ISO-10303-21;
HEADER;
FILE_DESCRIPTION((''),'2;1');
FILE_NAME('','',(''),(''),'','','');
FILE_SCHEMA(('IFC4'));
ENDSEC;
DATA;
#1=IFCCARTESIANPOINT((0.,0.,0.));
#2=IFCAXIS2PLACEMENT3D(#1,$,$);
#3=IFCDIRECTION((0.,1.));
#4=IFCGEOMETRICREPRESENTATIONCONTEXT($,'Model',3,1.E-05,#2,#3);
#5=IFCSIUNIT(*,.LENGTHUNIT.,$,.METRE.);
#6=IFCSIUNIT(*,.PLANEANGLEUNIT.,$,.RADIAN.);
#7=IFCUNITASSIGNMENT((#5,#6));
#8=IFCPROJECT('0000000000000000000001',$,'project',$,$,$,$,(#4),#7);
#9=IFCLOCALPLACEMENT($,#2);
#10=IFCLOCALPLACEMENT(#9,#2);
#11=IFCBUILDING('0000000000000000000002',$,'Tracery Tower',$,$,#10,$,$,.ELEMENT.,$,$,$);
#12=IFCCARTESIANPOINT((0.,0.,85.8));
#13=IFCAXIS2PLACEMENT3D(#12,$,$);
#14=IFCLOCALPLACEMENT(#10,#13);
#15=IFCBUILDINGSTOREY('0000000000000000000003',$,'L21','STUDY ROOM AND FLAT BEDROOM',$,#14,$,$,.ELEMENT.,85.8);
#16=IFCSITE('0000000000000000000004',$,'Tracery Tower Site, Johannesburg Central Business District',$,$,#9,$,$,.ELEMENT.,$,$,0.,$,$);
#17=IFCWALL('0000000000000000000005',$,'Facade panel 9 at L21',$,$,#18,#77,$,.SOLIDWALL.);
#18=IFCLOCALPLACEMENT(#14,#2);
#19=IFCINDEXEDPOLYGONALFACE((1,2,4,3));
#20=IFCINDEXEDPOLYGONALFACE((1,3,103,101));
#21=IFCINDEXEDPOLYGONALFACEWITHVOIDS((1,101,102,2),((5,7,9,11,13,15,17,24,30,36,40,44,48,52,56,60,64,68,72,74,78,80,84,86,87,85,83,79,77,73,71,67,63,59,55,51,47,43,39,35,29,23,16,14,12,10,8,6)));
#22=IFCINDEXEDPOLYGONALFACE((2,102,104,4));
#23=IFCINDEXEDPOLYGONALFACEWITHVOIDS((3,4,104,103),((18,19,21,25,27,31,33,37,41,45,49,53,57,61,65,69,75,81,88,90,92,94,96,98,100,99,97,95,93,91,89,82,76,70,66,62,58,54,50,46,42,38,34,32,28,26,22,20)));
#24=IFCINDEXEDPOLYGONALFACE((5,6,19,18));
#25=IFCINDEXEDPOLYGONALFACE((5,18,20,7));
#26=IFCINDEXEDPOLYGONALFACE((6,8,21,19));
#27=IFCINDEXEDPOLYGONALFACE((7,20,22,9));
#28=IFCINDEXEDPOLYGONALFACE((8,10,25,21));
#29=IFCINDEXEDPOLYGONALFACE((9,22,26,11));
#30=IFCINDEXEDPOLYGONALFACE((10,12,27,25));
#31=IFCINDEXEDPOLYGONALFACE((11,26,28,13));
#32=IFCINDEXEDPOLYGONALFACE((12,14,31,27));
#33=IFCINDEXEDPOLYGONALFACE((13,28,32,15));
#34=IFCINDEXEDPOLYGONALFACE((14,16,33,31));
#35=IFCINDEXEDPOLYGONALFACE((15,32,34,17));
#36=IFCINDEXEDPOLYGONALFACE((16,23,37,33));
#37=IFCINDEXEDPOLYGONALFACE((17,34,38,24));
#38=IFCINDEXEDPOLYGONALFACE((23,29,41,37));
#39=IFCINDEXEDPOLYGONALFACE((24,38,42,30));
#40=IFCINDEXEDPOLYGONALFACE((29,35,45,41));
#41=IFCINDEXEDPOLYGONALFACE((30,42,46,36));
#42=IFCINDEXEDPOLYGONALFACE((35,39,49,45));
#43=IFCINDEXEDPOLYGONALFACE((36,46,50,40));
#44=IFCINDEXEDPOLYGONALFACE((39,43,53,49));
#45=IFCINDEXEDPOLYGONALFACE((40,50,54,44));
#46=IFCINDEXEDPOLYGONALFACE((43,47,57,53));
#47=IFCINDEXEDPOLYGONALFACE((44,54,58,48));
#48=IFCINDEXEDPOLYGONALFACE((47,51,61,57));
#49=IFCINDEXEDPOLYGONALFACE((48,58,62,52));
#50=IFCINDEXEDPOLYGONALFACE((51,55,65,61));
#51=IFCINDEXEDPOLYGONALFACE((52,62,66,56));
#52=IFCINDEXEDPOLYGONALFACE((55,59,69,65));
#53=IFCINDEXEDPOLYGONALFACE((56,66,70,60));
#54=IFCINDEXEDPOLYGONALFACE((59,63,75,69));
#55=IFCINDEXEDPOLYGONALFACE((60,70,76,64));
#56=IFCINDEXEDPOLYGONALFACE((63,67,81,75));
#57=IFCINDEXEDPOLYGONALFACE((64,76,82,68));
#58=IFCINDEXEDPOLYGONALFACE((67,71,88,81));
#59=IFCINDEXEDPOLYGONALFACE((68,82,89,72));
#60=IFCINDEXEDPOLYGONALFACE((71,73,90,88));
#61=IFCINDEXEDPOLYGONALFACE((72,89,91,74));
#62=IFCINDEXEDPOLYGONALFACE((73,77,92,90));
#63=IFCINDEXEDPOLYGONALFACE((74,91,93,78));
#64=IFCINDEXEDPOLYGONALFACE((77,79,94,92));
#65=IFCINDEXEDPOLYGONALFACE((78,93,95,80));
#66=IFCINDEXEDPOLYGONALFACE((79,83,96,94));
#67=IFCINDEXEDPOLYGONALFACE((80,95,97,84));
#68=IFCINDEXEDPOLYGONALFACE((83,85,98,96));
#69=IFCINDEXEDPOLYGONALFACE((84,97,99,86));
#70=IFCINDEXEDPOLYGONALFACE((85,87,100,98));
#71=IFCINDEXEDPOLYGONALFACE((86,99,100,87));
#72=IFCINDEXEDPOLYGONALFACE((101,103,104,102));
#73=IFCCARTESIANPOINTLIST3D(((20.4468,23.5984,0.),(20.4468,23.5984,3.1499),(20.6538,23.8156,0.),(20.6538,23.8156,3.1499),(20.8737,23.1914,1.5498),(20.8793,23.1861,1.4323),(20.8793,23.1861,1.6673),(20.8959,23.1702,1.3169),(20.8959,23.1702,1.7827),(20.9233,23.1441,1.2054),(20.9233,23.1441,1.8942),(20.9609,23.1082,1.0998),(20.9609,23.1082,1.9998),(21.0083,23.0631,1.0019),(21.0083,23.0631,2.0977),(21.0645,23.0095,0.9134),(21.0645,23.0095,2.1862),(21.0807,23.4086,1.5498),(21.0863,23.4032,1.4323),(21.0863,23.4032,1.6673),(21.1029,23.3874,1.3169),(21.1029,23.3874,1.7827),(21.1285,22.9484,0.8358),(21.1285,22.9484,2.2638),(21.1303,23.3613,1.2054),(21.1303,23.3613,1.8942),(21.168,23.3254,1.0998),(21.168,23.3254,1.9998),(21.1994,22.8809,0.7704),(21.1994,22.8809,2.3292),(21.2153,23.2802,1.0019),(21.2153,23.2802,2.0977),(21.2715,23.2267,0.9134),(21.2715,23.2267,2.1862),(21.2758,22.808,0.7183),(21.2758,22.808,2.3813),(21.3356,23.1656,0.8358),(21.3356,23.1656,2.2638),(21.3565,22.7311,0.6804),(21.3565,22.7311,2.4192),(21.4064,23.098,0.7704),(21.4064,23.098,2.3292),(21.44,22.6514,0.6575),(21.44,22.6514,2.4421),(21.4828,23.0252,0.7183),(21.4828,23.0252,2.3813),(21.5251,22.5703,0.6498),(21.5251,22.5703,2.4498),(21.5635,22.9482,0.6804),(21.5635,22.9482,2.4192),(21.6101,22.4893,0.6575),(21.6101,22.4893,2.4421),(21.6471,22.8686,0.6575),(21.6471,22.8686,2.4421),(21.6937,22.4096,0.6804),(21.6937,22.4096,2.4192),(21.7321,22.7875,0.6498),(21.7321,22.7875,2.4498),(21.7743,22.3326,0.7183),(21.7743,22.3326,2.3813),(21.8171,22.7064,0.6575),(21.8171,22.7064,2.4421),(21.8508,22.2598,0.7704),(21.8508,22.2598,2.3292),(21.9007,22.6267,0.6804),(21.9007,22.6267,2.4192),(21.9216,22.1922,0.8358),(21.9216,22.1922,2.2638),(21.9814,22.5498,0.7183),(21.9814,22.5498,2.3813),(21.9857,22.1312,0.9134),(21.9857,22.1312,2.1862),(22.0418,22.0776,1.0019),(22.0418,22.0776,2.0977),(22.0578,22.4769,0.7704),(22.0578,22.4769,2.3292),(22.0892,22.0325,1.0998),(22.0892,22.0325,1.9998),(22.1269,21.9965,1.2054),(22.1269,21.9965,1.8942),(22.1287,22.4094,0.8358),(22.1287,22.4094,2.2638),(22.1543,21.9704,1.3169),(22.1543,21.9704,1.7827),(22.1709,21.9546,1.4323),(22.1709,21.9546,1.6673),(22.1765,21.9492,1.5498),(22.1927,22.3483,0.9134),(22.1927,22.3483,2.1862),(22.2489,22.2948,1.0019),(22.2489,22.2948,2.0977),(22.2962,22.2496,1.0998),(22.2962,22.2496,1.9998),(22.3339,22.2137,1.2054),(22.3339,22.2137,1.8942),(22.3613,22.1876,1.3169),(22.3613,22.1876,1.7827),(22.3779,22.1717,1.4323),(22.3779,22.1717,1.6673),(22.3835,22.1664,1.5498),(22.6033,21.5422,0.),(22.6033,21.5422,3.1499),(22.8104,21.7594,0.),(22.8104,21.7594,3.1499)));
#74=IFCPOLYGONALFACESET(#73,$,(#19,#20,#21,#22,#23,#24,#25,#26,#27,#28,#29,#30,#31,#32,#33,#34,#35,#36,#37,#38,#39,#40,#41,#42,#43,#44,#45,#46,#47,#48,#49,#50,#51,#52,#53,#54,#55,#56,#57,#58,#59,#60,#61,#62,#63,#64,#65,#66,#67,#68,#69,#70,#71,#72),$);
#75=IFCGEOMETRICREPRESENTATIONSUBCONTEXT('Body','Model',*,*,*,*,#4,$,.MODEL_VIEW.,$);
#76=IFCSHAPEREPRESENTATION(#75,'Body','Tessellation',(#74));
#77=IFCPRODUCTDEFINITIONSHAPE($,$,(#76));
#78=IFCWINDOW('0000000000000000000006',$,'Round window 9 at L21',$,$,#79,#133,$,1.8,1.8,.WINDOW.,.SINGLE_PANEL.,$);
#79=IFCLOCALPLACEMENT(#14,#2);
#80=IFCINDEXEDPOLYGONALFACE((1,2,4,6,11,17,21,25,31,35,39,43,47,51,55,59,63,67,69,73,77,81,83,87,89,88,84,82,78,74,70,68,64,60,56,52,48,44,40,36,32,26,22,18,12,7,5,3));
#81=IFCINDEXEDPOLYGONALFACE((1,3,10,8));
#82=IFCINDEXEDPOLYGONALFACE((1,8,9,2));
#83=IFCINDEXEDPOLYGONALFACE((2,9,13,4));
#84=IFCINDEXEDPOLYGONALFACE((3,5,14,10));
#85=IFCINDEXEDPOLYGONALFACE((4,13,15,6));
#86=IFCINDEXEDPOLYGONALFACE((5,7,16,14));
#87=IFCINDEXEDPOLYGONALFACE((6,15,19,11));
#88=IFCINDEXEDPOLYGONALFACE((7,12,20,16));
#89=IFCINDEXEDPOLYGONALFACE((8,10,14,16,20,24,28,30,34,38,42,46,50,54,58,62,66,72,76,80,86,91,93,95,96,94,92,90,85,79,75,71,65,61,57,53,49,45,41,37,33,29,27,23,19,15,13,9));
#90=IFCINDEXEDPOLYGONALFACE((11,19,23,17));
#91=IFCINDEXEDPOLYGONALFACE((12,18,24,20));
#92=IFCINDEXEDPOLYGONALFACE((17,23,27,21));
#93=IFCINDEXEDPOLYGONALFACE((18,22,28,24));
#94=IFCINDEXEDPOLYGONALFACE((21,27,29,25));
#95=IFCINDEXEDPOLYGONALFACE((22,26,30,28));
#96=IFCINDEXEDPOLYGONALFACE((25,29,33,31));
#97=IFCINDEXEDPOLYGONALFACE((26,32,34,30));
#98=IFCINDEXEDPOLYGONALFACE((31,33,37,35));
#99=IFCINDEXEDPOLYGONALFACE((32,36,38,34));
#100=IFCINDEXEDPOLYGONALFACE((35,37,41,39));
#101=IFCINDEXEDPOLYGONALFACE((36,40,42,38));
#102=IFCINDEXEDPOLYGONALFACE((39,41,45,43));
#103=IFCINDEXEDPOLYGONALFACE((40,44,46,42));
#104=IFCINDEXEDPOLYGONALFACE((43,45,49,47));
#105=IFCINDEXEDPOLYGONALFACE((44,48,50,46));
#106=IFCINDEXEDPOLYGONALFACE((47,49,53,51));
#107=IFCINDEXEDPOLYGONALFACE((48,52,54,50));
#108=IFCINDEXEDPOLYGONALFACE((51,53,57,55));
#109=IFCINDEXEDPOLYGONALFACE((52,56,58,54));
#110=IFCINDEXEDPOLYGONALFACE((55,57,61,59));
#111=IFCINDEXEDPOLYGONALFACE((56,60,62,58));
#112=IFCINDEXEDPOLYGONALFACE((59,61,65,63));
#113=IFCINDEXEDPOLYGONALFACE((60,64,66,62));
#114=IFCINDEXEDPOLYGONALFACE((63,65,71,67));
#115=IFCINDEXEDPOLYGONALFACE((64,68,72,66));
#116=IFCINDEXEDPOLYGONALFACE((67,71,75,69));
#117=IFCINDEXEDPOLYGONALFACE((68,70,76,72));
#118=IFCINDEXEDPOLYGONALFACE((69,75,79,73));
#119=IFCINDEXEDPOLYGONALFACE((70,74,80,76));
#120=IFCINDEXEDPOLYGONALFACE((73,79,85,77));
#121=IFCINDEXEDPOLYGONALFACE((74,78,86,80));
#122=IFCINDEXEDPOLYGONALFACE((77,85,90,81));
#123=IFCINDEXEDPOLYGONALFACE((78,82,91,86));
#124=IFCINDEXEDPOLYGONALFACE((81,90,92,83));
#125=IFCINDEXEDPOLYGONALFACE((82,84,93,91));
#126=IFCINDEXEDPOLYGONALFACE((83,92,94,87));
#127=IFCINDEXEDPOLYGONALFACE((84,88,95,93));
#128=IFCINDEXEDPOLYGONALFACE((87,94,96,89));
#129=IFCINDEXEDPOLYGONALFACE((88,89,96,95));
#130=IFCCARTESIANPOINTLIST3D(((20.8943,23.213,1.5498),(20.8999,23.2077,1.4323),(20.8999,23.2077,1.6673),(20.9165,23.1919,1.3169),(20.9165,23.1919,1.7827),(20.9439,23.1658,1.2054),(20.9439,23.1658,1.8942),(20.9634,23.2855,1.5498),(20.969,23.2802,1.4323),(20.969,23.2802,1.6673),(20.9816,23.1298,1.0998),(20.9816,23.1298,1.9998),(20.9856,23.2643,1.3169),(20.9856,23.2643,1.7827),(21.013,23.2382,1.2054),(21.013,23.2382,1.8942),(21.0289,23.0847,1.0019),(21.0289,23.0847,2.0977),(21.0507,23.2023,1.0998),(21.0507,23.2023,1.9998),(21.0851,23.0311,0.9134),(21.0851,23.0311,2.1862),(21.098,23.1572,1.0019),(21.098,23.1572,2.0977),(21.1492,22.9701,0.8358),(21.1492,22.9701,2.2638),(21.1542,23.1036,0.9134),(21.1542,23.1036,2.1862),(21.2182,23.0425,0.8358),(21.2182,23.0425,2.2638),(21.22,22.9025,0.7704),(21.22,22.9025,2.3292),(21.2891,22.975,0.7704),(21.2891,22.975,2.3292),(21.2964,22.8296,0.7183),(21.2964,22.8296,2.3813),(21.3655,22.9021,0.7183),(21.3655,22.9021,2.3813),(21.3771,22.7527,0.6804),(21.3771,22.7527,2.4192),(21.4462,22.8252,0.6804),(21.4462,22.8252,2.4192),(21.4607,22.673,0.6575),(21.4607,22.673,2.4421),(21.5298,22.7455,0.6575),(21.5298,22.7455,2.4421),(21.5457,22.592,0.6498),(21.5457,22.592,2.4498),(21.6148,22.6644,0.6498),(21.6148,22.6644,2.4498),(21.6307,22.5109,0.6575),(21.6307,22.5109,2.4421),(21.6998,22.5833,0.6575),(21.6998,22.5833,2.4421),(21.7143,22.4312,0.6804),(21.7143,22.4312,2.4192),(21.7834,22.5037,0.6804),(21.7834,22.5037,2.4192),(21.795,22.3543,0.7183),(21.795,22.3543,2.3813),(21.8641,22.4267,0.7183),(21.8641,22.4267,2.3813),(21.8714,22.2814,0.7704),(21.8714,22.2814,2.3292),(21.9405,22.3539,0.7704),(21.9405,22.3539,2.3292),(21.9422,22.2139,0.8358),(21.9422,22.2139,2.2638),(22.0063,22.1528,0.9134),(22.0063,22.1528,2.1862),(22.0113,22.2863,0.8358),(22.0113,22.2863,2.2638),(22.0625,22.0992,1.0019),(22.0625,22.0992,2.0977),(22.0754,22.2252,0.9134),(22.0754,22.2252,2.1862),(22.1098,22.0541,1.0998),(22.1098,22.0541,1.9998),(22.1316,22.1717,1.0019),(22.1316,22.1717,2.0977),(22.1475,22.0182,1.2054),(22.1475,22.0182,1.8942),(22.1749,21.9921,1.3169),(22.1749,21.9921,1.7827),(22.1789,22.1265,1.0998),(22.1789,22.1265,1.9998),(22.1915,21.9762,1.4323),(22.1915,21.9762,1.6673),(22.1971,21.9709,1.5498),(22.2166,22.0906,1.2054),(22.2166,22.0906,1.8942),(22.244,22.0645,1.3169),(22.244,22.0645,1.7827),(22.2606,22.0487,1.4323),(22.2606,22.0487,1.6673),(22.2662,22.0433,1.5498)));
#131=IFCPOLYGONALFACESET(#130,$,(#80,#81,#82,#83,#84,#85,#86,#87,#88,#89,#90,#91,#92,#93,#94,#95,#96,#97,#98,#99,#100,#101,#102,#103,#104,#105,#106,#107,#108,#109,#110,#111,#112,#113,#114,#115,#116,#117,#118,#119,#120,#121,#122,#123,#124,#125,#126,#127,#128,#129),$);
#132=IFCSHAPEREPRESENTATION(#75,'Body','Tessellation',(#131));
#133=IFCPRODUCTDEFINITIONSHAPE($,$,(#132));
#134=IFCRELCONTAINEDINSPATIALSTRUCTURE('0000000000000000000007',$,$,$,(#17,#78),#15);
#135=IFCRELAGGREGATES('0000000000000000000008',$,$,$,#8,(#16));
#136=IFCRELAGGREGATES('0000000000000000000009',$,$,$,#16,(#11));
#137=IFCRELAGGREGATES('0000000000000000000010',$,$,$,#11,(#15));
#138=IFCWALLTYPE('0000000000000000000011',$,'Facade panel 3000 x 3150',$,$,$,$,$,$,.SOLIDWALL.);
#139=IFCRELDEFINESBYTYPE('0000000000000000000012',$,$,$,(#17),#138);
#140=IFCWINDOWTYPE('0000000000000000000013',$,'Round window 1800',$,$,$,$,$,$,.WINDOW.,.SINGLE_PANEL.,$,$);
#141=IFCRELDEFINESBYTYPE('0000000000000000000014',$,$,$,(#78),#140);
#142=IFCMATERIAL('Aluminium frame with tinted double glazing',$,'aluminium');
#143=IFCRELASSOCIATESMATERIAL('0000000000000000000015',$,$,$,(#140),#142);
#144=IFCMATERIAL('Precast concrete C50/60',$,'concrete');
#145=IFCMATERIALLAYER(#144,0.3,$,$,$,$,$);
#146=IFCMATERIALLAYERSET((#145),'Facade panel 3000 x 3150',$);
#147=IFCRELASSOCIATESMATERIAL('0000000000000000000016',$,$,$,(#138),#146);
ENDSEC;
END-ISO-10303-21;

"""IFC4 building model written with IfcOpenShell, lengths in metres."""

from ifc_helpers import new_model, si_unit, direction, frame, frame_2d, origin, origin_2d, place, context, subcontext, project, spatial, rectangle, circle, extrude, material, layer, layer_set, type_object, element, fill, save


model = new_model("IFC4")

# Units and contexts
model_context = context("Model", 3, precision=1e-05, world=origin(), true_north=direction((0.0, 1.0)))
body_context = subcontext(model_context, "Body", "Model", "MODEL_VIEW")
ifc_project = project(units=[si_unit("LENGTHUNIT", "METRE"), si_unit("PLANEANGLEUNIT", "RADIAN")], contexts=[model_context])

# Site, building, storey
site_placement = place(None, origin())
site = spatial("IfcSite", under=ifc_project, at=site_placement, Name="Tracery Tower Site, Johannesburg Central Business District", CompositionType="ELEMENT", RefElevation=0.0)
building_placement = place(site_placement, origin())
building = spatial("IfcBuilding", under=site, at=building_placement, Name="Tracery Tower", CompositionType="ELEMENT")
storey_placement = place(building_placement, frame((0.0, 0.0, 85.8)))
storey = spatial("IfcBuildingStorey", under=building, at=storey_placement, Name="L21", Description="STUDY ROOM AND FLAT BEDROOM", CompositionType="ELEMENT", Elevation=85.8)

# Wall, opening, window
ifc_material_1 = material(Name="Aluminium frame with tinted double glazing", Category="aluminium")
window_type = type_object("IfcWindowType", Name="Round window 1800", PartitioningType="SINGLE_PANEL", PredefinedType="WINDOW", material=ifc_material_1)
ifc_material_2 = material(Name="Precast concrete C50/60", Category="concrete")
ifc_layer_1 = layer(ifc_material_2, 0.3)
ifc_layer_set_1 = layer_set([ifc_layer_1], Name="Facade panel 3000 x 3150")
wall_type_1 = type_object("IfcWallType", Name="Facade panel 3000 x 3150", PredefinedType="SOLIDWALL", material=ifc_layer_set_1)
wall_1_placement = place(storey_placement, frame((22.7068, 21.6509, 0.0), z_axis=(0.0, 0.0, 1.0), x_axis=(-0.723744, 0.690068, 0.0)))
wall_1 = element("IfcWall", 1, at=wall_1_placement, inside=storey, type_object=wall_type_1, Name="Facade panel 9 at L21", PredefinedType="SOLIDWALL", context=body_context, shape_type="SweptSolid", body=[
    extrude(rectangle(XDim=2.9797, YDim=0.3, at=frame_2d((1.4897, 0.0))), origin(), (0.0, 0.0, 1.0), 3.1499),
])
opening_1_placement = place(wall_1_placement, frame((1.4897, 0.0, 1.5498)))
opening_1 = element("IfcOpeningElement", 2, at=opening_1_placement, cuts=wall_1, PredefinedType="OPENING", context=body_context, shape_type="SweptSolid", body=[
    extrude(circle(Radius=0.9, at=origin_2d()), frame((0.0, 0.1599, 0.0), z_axis=(0.0, -1.0, 0.0), x_axis=(1.0, 0.0, 0.0)), (0.0, 0.0, 1.0), 0.3201),
])
window_1_placement = place(opening_1_placement, origin())
window_1 = element("IfcWindow", 3, at=window_1_placement, inside=storey, type_object=window_type, Name="Round window 9 at L21", OverallHeight=1.8, OverallWidth=1.8, PartitioningType="SINGLE_PANEL", PredefinedType="WINDOW", context=body_context, shape_type="SweptSolid", body=[
    extrude(circle(Radius=0.9, at=origin_2d()), frame((0.0, 0.1201, 0.0), z_axis=(0.0, -1.0, 0.0), x_axis=(1.0, 0.0, 0.0)), (0.0, 0.0, 1.0), 0.1001),
])
fill(opening_1, window_1)

save(model, "model.ifc")
